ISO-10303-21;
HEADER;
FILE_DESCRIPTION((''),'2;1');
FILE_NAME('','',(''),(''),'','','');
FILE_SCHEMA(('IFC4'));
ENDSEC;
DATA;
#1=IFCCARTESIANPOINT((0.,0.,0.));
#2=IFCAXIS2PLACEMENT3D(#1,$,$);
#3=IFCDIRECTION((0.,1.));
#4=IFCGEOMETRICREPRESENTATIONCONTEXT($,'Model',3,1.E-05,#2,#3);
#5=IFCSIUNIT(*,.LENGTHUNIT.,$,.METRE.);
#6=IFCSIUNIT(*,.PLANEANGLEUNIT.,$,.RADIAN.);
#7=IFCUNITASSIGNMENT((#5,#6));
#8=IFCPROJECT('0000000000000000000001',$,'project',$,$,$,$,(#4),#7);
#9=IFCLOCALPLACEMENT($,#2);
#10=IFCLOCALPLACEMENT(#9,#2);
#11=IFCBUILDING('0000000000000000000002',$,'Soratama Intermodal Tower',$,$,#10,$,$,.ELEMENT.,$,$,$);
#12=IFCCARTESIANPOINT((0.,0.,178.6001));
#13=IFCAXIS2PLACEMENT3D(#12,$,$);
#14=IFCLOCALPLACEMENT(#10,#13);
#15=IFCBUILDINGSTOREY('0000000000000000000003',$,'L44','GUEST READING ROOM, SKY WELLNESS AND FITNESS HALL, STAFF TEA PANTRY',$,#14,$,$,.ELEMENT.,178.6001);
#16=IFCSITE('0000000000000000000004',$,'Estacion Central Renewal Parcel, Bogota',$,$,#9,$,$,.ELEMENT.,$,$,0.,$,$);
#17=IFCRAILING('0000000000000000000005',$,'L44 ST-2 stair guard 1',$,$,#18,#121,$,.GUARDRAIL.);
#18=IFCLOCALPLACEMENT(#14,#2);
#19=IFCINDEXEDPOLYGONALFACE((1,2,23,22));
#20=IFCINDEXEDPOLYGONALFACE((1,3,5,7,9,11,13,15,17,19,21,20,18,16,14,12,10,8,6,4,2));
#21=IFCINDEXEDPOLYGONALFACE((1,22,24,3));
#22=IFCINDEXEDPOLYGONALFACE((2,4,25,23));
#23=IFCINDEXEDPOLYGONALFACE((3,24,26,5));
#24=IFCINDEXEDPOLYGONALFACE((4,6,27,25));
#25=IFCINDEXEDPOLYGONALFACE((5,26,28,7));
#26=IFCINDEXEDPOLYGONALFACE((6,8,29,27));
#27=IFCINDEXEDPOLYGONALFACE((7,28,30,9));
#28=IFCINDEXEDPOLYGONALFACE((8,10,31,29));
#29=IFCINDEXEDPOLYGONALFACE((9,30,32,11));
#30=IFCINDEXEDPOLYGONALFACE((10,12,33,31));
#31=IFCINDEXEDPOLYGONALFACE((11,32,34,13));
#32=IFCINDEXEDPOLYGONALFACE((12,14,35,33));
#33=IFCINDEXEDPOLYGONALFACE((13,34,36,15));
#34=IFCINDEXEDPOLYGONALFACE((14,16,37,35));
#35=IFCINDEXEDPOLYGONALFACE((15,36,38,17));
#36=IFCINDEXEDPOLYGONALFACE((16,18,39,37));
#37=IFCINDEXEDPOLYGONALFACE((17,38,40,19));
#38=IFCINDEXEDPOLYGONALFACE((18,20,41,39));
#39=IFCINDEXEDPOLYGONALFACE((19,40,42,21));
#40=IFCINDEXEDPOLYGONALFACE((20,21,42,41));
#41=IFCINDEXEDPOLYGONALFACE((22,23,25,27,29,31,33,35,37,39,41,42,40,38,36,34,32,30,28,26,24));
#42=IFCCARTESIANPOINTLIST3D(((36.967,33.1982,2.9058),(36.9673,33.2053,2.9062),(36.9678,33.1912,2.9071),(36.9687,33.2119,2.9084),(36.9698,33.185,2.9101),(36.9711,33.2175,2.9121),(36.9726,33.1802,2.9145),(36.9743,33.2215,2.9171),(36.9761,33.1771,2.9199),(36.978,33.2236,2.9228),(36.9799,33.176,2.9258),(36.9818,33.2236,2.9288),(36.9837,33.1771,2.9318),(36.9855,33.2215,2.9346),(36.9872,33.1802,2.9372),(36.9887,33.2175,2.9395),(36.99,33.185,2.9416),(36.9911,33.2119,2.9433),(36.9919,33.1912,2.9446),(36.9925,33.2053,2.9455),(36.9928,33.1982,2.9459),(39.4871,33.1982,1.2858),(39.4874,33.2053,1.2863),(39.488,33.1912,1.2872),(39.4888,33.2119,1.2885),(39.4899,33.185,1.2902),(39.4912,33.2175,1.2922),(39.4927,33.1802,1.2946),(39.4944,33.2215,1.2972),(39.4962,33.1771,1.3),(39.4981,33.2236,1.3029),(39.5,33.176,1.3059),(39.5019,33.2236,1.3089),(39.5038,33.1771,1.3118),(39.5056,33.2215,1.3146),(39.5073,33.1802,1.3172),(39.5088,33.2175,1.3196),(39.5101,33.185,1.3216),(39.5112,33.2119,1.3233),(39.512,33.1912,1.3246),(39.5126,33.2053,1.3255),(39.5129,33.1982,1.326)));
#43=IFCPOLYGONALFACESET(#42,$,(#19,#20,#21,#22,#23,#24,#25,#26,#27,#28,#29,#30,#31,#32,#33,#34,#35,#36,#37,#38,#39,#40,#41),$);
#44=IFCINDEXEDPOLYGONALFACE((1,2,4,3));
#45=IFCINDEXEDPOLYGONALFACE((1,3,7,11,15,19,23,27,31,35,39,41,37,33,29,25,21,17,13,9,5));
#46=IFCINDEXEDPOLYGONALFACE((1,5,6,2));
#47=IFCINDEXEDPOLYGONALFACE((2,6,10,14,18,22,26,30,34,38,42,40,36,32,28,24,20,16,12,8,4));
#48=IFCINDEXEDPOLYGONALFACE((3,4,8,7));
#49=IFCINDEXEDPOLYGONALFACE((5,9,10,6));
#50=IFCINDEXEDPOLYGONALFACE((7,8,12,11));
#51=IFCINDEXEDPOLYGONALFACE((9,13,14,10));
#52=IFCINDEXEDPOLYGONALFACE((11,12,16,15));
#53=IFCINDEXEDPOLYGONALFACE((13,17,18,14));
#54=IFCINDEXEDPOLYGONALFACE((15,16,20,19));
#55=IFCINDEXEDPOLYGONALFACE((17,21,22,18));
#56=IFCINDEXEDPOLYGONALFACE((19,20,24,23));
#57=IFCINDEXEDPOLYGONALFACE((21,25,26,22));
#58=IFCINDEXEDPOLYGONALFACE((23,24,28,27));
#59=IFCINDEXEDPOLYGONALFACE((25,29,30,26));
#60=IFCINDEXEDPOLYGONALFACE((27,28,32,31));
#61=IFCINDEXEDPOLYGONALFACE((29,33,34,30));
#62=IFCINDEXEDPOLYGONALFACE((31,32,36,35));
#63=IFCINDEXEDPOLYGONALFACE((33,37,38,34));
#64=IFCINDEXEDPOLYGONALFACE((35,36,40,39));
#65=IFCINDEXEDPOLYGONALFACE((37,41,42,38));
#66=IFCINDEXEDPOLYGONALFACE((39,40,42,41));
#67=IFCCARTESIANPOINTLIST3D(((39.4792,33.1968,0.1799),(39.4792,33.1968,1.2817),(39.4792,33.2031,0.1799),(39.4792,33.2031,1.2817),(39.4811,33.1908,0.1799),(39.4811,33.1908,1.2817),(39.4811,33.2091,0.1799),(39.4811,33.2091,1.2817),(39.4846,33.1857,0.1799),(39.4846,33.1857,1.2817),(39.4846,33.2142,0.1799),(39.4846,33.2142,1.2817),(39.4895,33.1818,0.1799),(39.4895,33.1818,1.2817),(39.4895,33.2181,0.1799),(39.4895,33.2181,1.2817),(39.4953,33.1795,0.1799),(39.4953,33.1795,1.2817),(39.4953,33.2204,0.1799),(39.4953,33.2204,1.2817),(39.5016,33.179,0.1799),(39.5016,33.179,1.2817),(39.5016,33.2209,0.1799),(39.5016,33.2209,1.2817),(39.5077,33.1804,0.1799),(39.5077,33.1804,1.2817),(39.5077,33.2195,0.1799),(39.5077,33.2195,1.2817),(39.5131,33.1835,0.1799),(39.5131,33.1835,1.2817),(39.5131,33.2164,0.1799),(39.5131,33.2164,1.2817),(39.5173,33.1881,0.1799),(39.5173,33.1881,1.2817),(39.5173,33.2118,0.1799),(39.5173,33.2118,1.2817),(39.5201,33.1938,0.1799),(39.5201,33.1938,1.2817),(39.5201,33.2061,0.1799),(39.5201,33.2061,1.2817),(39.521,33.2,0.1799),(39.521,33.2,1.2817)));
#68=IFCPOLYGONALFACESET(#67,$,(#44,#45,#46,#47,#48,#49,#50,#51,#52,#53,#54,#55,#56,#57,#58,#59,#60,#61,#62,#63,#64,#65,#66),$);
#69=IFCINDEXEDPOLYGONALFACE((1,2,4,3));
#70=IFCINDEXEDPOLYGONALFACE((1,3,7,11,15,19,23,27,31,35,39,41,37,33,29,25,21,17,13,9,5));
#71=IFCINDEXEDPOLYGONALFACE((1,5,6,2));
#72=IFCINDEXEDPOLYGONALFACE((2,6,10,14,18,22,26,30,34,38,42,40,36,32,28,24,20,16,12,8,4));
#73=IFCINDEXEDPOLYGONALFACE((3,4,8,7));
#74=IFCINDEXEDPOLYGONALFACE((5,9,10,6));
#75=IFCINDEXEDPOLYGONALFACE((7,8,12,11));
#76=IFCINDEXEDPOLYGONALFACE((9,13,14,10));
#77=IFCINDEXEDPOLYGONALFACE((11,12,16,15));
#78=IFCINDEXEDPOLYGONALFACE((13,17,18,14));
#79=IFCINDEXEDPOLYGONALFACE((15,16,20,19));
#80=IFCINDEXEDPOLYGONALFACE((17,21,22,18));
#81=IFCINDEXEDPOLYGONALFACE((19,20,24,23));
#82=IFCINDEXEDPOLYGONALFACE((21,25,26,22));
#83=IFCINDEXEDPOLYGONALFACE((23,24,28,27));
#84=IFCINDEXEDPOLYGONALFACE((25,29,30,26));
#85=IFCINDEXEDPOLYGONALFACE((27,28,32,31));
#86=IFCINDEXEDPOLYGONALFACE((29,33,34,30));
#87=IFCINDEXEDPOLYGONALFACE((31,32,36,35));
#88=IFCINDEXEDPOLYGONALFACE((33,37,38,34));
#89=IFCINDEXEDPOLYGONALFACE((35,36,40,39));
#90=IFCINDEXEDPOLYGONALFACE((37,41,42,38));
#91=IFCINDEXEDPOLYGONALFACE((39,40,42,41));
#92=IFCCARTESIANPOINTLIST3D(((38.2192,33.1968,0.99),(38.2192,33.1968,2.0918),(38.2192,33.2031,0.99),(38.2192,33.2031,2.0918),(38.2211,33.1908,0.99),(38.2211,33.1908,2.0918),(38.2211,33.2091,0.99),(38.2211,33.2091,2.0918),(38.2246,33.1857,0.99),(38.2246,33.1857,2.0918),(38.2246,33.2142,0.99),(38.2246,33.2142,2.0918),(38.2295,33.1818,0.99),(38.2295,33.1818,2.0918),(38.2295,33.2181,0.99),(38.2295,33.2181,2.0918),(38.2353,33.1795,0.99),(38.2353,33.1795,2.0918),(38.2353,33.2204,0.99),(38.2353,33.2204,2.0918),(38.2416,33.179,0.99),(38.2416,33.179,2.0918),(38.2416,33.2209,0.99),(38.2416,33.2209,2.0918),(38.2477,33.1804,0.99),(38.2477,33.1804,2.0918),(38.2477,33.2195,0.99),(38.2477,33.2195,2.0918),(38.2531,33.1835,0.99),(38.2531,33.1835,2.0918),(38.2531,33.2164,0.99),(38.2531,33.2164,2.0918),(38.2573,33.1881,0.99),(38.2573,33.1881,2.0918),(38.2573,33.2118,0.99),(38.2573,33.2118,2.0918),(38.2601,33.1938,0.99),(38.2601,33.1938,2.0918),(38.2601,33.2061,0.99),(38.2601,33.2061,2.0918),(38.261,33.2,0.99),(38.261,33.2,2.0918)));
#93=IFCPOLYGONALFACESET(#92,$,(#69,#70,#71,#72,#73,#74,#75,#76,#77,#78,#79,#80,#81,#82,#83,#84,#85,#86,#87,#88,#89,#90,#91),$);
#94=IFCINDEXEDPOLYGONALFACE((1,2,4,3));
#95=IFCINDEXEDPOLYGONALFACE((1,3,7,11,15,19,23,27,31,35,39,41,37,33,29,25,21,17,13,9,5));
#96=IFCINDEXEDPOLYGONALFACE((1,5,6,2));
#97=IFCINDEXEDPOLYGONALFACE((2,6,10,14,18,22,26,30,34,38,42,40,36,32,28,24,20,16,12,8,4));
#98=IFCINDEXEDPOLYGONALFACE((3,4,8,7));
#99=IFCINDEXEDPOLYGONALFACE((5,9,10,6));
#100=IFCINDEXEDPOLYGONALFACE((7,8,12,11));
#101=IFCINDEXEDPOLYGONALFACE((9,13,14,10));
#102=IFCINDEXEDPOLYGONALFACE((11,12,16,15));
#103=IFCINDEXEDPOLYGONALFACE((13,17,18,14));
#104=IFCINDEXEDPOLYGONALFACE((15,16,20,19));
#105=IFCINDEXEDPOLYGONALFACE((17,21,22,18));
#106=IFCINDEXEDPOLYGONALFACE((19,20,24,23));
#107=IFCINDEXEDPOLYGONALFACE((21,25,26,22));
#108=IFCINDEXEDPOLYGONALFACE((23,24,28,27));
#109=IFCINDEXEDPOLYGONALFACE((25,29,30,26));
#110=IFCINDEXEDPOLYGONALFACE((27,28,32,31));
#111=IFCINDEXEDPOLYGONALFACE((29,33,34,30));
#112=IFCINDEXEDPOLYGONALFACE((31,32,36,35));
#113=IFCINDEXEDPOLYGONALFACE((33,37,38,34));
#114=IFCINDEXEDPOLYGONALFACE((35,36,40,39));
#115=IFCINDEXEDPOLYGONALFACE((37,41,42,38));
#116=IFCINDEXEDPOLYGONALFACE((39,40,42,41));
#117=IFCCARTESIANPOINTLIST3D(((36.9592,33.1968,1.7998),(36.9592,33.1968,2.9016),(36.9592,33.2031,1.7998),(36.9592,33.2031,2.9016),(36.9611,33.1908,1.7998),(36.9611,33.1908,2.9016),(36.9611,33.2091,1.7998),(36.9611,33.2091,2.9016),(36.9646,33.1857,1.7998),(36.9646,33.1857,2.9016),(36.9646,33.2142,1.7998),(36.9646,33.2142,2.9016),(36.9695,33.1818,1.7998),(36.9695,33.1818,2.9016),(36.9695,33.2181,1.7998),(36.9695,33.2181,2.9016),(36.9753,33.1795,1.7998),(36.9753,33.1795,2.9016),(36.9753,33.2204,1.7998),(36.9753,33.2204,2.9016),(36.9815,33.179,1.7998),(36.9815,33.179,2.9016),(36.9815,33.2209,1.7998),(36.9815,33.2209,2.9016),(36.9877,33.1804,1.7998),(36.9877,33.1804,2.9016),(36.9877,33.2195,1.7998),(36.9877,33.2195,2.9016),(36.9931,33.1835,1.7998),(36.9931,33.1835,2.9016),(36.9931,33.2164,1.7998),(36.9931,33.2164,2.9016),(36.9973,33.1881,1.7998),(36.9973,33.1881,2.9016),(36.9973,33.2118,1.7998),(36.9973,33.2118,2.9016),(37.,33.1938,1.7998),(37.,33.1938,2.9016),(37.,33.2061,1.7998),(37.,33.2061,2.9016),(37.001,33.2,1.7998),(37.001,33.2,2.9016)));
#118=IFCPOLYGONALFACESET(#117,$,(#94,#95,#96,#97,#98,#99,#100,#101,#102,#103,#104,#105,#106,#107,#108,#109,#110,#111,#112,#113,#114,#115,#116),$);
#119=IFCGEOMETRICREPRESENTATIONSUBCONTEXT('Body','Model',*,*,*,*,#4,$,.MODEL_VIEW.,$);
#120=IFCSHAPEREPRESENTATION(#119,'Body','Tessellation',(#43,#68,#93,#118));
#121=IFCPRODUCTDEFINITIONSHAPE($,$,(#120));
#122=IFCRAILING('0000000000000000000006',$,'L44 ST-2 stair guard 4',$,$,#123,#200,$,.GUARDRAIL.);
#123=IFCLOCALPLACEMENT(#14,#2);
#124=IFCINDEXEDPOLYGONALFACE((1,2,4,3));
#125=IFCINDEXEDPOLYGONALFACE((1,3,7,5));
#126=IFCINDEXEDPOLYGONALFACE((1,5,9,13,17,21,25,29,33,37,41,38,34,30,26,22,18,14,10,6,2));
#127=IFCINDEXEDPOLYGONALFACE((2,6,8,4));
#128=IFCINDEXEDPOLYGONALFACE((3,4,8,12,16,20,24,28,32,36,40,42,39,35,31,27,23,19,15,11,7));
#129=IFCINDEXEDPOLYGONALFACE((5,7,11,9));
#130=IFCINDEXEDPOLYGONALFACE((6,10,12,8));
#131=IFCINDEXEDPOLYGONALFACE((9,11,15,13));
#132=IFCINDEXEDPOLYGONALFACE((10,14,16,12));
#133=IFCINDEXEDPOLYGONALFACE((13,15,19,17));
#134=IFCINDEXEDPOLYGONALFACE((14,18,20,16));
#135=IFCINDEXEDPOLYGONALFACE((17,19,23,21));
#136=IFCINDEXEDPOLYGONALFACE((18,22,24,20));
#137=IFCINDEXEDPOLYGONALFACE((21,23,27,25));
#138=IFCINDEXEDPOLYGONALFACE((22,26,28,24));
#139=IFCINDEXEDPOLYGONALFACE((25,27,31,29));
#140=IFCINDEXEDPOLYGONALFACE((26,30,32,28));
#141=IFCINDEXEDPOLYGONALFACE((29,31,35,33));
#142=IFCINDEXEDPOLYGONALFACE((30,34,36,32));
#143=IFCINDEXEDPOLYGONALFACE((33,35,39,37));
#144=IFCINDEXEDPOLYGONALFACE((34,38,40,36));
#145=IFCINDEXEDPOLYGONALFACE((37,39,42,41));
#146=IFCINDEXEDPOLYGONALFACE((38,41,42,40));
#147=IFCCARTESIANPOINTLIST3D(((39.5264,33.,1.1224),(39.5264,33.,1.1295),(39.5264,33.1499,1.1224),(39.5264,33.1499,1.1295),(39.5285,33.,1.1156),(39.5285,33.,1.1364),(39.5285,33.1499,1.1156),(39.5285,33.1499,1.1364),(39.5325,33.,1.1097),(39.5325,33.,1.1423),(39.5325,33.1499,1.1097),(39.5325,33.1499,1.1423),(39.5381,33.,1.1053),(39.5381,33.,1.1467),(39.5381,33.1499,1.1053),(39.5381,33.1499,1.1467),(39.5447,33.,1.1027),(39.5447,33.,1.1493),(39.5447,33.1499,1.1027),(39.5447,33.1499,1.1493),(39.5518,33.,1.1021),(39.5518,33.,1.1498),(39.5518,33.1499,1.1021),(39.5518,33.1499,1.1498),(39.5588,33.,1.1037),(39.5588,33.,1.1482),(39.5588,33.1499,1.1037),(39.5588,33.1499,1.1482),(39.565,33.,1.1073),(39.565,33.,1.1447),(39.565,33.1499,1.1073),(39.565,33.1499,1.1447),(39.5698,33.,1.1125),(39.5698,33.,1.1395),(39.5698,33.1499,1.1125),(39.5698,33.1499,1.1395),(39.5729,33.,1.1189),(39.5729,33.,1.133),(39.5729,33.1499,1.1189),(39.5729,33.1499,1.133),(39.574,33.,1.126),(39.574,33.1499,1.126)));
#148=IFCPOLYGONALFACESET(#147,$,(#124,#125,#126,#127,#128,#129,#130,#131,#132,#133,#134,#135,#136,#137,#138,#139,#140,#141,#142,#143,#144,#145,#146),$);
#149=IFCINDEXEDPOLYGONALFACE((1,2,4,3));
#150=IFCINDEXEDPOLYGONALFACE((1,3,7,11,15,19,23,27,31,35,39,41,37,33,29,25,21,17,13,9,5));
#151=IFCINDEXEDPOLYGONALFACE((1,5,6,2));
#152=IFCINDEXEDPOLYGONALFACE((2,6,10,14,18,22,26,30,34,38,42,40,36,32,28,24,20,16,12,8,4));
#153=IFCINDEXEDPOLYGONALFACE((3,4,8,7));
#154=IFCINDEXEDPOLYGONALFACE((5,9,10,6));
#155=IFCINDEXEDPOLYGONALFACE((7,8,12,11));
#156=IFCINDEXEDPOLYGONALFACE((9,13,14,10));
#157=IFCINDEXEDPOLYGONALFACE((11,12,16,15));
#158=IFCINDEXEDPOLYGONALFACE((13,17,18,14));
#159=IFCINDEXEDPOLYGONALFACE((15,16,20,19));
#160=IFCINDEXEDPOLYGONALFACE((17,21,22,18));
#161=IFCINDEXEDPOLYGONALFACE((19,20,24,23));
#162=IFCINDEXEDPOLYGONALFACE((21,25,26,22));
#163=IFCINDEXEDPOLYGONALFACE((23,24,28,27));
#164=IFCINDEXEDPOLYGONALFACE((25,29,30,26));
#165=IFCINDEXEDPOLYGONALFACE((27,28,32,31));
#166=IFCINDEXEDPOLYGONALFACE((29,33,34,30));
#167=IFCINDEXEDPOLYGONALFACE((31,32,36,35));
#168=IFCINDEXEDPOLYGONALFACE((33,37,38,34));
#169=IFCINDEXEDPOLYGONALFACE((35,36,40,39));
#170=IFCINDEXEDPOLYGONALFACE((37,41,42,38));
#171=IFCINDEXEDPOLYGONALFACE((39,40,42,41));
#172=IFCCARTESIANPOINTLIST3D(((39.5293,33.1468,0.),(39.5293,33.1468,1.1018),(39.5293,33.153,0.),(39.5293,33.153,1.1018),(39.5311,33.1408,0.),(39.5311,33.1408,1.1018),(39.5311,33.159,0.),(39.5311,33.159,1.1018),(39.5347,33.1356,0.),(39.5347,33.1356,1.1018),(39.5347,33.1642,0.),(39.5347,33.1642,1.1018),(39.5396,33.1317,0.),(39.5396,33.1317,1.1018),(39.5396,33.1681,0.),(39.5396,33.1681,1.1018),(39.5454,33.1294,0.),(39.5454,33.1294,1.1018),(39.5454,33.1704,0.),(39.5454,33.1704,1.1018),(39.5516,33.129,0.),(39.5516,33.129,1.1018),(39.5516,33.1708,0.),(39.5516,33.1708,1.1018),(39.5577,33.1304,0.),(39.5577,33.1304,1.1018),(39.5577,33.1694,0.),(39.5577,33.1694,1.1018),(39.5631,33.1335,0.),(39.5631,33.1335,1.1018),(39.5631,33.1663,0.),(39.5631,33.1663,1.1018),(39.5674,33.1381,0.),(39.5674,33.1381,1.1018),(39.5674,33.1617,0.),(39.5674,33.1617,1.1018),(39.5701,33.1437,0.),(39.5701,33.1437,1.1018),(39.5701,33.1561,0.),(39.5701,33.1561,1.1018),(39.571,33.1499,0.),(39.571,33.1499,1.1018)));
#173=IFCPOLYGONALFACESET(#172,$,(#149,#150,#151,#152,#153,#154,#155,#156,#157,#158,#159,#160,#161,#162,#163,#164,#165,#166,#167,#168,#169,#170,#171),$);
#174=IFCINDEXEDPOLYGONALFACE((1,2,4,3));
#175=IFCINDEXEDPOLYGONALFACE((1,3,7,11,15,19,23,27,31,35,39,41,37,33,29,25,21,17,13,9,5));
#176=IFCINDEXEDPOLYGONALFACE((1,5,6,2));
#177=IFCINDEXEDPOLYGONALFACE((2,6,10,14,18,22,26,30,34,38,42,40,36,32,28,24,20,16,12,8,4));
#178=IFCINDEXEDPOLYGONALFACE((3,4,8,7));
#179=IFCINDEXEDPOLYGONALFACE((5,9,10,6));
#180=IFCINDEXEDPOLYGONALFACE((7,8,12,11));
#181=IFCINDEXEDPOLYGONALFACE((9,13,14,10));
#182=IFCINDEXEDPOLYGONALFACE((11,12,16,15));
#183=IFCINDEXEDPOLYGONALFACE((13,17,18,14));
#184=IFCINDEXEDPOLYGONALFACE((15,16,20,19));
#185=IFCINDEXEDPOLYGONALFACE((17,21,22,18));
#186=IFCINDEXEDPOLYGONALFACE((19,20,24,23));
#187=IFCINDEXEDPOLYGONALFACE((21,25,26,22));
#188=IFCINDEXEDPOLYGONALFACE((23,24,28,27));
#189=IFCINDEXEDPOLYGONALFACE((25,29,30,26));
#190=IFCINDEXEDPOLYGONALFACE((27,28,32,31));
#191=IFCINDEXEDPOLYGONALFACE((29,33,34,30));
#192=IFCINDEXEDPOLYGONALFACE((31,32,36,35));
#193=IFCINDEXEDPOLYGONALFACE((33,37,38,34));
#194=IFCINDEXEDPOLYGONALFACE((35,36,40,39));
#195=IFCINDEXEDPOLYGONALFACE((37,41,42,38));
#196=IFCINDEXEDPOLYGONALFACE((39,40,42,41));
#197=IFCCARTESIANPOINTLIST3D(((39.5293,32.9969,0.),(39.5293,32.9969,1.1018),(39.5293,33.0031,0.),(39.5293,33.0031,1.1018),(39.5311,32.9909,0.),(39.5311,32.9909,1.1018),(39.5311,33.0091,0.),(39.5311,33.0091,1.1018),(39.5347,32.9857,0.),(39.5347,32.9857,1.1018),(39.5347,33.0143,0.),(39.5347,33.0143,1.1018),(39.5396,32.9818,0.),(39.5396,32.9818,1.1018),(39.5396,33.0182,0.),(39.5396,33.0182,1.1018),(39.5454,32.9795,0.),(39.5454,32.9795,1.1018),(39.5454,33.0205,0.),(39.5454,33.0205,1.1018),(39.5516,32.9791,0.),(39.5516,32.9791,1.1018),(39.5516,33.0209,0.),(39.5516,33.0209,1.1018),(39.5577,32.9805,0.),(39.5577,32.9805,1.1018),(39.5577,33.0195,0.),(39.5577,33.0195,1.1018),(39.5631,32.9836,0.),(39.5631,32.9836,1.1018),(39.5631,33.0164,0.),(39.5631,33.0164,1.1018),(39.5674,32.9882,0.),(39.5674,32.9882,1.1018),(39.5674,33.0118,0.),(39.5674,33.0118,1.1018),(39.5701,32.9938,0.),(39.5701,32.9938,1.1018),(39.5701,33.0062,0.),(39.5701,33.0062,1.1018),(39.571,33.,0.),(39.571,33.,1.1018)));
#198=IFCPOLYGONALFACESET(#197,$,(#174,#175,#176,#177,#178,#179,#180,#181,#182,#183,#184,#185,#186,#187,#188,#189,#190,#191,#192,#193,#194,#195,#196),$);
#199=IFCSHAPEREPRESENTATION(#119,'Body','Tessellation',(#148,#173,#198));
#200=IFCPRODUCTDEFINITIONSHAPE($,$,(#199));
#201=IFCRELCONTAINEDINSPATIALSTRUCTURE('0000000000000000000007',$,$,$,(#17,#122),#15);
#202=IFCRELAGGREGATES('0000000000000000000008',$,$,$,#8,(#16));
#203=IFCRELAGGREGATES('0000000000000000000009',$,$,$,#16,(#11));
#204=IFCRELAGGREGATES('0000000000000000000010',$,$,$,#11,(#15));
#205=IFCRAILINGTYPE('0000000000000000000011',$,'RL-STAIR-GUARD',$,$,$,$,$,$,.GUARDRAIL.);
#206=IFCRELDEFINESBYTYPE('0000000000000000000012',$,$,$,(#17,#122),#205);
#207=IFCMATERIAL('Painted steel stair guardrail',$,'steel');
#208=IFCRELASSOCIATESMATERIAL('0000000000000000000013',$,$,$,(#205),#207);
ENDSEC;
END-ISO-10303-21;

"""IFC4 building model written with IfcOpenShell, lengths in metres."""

from ifc_helpers import new_model, si_unit, direction, frame, origin, origin_2d, place, context, subcontext, project, spatial, circle, extrude, material, type_object, element, save


model = new_model("IFC4")

# Units and contexts
model_context = context("Model", 3, precision=1e-05, world=origin(), true_north=direction((0.0, 1.0)))
body_context = subcontext(model_context, "Body", "Model", "MODEL_VIEW")
ifc_project = project(units=[si_unit("LENGTHUNIT", "METRE"), si_unit("PLANEANGLEUNIT", "RADIAN")], contexts=[model_context])

# Site, building, storey
site_placement = place(None, origin())
site = spatial("IfcSite", under=ifc_project, at=site_placement, Name="Estacion Central Renewal Parcel, Bogota", CompositionType="ELEMENT", RefElevation=0.0)
building_placement = place(site_placement, origin())
building = spatial("IfcBuilding", under=site, at=building_placement, Name="Soratama Intermodal Tower", CompositionType="ELEMENT")
storey_placement = place(building_placement, frame((0.0, 0.0, 178.6001)))
storey = spatial("IfcBuildingStorey", under=building, at=storey_placement, Name="L44", Description="GUEST READING ROOM, SKY WELLNESS AND FITNESS HALL, STAFF TEA PANTRY", CompositionType="ELEMENT", Elevation=178.6001)

# Railings
ifc_material_1 = material(Name="Painted steel stair guardrail", Category="steel")
railing_type_1 = type_object("IfcRailingType", Name="RL-STAIR-GUARD", PredefinedType="GUARDRAIL", material=ifc_material_1)
railing_1_placement = place(storey_placement, frame((39.5, 33.2, 0.1799)))
element("IfcRailing", 1, at=railing_1_placement, inside=storey, type_object=railing_type_1, Name="L44 ST-2 stair guard 1", PredefinedType="GUARDRAIL", context=body_context, shape_type="SweptSolid", body=[
    extrude(circle(Radius=0.0239, at=origin_2d()), frame((0.0, 0.0, 1.126), z_axis=(-0.8412, 0.0, 0.540725), x_axis=(0.0, -1.0, 0.0)), (0.0, 0.0, 1.0), 2.9958),
    extrude(circle(Radius=0.021, at=origin_2d()), origin(), (0.0, 0.0, 1.0), 1.1018),
    extrude(circle(Radius=0.021, at=origin_2d()), frame((-1.26, 0.0, 0.8101)), (0.0, 0.0, 1.0), 1.1018),
    extrude(circle(Radius=0.021, at=origin_2d()), frame((-2.52, 0.0, 1.6199)), (0.0, 0.0, 1.0), 1.1018),
])
railing_2_placement = place(storey_placement, frame((39.55, 33.1499, 0.0)))
element("IfcRailing", 2, at=railing_2_placement, inside=storey, type_object=railing_type_1, Name="L44 ST-2 stair guard 4", PredefinedType="GUARDRAIL", context=body_context, shape_type="SweptSolid", body=[
    extrude(circle(Radius=0.0239, at=origin_2d()), frame((0.0, 0.0, 1.126), z_axis=(0.0, -1.0, 0.0), x_axis=(1.0, 0.0, 0.0)), (0.0, 0.0, 1.0), 0.1499),
    extrude(circle(Radius=0.021, at=origin_2d()), origin(), (0.0, 0.0, 1.0), 1.1018),
    extrude(circle(Radius=0.021, at=origin_2d()), frame((0.0, -0.1499, 0.0)), (0.0, 0.0, 1.0), 1.1018),
])

save(model, "model.ifc")
